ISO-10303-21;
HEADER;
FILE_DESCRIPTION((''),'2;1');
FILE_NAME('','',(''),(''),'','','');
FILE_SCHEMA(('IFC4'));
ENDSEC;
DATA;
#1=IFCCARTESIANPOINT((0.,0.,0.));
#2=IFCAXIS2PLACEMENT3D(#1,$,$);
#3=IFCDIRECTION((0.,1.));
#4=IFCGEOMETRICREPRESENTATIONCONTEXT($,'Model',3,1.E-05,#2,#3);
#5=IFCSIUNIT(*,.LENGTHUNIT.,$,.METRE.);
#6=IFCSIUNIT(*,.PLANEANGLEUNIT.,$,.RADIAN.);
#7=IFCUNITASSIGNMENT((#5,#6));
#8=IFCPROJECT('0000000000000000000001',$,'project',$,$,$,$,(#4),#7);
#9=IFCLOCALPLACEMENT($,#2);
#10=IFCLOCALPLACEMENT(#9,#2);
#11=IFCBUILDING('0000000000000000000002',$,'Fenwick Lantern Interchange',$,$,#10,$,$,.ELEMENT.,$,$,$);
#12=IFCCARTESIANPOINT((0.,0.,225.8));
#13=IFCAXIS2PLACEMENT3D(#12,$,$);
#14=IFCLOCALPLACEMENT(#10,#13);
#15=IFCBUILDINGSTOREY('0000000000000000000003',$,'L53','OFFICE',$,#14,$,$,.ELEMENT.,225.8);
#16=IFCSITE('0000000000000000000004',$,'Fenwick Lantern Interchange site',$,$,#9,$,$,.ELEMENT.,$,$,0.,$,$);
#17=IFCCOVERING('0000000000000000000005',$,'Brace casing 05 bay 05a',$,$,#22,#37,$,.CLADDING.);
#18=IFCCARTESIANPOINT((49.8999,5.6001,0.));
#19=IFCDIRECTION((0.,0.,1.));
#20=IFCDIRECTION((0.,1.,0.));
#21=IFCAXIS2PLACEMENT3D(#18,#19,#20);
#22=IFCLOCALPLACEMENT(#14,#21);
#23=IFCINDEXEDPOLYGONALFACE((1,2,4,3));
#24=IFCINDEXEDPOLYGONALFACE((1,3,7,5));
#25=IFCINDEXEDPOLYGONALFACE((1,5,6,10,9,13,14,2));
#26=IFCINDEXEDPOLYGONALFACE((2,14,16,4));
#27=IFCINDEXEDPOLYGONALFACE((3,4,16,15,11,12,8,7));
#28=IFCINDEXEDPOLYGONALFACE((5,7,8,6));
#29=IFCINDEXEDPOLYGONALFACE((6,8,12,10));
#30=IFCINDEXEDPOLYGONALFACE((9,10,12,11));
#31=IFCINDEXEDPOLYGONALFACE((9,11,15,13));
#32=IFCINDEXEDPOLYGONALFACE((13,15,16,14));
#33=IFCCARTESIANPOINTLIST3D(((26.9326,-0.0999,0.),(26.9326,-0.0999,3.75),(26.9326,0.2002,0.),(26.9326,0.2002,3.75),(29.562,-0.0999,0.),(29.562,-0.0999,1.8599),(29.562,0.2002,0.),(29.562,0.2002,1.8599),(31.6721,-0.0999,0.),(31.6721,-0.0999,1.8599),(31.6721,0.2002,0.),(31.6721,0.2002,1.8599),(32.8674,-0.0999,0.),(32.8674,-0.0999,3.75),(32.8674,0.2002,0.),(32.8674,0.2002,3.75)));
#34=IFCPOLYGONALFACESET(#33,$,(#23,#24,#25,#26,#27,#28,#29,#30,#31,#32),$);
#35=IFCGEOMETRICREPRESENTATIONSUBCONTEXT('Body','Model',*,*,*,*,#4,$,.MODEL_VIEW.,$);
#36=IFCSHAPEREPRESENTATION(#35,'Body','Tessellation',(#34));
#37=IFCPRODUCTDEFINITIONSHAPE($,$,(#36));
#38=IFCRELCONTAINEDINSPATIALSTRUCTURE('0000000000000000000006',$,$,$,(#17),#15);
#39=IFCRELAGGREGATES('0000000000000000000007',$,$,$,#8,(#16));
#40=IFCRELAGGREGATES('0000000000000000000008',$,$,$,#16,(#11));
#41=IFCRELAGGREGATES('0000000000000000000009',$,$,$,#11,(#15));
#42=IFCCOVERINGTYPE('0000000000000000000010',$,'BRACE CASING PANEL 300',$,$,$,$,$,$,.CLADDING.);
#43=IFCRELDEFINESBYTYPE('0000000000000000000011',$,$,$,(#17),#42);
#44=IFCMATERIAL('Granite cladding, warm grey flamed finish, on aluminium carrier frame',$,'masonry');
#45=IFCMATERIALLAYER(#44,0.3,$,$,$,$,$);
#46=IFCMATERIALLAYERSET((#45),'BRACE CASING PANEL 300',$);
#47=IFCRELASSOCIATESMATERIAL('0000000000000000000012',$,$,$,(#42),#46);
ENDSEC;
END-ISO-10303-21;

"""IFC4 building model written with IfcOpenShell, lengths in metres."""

from ifc_helpers import new_model, si_unit, direction, frame, origin, place, context, subcontext, project, spatial, polyline, outline, extrude, material, layer, layer_set, type_object, element, save


model = new_model("IFC4")

# Units and contexts
model_context = context("Model", 3, precision=1e-05, world=origin(), true_north=direction((0.0, 1.0)))
body_context = subcontext(model_context, "Body", "Model", "MODEL_VIEW")
ifc_project = project(units=[si_unit("LENGTHUNIT", "METRE"), si_unit("PLANEANGLEUNIT", "RADIAN")], contexts=[model_context])

# Site, building, storey
site_placement = place(None, origin())
site = spatial("IfcSite", under=ifc_project, at=site_placement, Name="Fenwick Lantern Interchange site", CompositionType="ELEMENT", RefElevation=0.0)
building_placement = place(site_placement, origin())
building = spatial("IfcBuilding", under=site, at=building_placement, Name="Fenwick Lantern Interchange", CompositionType="ELEMENT")
storey_placement = place(building_placement, frame((0.0, 0.0, 225.8)))
storey = spatial("IfcBuildingStorey", under=building, at=storey_placement, Name="L53", Description="OFFICE", CompositionType="ELEMENT", Elevation=225.8)

# Covering
ifc_material_1 = material(Name="Granite cladding, warm grey flamed finish, on aluminium carrier frame", Category="masonry")
ifc_layer_1 = layer(ifc_material_1, 0.3)
ifc_layer_set_1 = layer_set([ifc_layer_1], Name="BRACE CASING PANEL 300")
covering_type = type_object("IfcCoveringType", Name="BRACE CASING PANEL 300", PredefinedType="CLADDING", material=ifc_layer_set_1)
covering_1_placement = place(storey_placement, frame((49.8999, 5.6001, 0.0), z_axis=(0.0, 0.0, 1.0), x_axis=(0.0, 1.0, 0.0)))
element("IfcCovering", 1, at=covering_1_placement, inside=storey, type_object=covering_type, Name="Brace casing 05 bay 05a", PredefinedType="CLADDING", context=body_context, shape_type="SweptSolid", body=[
    extrude(outline(polyline([(26.9326, 0.0), (29.562, 0.0), (29.562, 1.8599), (31.6721, 1.8599), (31.6721, 0.0), (32.8674, 0.0), (32.8674, 3.75), (26.9326, 3.75), (26.9326, 0.0)])), frame((0.0, 0.2002, 0.0), z_axis=(0.0, -1.0, 0.0), x_axis=(1.0, 0.0, 0.0)), (0.0, 0.0, 1.0), 0.3),
])

save(model, "model.ifc")
